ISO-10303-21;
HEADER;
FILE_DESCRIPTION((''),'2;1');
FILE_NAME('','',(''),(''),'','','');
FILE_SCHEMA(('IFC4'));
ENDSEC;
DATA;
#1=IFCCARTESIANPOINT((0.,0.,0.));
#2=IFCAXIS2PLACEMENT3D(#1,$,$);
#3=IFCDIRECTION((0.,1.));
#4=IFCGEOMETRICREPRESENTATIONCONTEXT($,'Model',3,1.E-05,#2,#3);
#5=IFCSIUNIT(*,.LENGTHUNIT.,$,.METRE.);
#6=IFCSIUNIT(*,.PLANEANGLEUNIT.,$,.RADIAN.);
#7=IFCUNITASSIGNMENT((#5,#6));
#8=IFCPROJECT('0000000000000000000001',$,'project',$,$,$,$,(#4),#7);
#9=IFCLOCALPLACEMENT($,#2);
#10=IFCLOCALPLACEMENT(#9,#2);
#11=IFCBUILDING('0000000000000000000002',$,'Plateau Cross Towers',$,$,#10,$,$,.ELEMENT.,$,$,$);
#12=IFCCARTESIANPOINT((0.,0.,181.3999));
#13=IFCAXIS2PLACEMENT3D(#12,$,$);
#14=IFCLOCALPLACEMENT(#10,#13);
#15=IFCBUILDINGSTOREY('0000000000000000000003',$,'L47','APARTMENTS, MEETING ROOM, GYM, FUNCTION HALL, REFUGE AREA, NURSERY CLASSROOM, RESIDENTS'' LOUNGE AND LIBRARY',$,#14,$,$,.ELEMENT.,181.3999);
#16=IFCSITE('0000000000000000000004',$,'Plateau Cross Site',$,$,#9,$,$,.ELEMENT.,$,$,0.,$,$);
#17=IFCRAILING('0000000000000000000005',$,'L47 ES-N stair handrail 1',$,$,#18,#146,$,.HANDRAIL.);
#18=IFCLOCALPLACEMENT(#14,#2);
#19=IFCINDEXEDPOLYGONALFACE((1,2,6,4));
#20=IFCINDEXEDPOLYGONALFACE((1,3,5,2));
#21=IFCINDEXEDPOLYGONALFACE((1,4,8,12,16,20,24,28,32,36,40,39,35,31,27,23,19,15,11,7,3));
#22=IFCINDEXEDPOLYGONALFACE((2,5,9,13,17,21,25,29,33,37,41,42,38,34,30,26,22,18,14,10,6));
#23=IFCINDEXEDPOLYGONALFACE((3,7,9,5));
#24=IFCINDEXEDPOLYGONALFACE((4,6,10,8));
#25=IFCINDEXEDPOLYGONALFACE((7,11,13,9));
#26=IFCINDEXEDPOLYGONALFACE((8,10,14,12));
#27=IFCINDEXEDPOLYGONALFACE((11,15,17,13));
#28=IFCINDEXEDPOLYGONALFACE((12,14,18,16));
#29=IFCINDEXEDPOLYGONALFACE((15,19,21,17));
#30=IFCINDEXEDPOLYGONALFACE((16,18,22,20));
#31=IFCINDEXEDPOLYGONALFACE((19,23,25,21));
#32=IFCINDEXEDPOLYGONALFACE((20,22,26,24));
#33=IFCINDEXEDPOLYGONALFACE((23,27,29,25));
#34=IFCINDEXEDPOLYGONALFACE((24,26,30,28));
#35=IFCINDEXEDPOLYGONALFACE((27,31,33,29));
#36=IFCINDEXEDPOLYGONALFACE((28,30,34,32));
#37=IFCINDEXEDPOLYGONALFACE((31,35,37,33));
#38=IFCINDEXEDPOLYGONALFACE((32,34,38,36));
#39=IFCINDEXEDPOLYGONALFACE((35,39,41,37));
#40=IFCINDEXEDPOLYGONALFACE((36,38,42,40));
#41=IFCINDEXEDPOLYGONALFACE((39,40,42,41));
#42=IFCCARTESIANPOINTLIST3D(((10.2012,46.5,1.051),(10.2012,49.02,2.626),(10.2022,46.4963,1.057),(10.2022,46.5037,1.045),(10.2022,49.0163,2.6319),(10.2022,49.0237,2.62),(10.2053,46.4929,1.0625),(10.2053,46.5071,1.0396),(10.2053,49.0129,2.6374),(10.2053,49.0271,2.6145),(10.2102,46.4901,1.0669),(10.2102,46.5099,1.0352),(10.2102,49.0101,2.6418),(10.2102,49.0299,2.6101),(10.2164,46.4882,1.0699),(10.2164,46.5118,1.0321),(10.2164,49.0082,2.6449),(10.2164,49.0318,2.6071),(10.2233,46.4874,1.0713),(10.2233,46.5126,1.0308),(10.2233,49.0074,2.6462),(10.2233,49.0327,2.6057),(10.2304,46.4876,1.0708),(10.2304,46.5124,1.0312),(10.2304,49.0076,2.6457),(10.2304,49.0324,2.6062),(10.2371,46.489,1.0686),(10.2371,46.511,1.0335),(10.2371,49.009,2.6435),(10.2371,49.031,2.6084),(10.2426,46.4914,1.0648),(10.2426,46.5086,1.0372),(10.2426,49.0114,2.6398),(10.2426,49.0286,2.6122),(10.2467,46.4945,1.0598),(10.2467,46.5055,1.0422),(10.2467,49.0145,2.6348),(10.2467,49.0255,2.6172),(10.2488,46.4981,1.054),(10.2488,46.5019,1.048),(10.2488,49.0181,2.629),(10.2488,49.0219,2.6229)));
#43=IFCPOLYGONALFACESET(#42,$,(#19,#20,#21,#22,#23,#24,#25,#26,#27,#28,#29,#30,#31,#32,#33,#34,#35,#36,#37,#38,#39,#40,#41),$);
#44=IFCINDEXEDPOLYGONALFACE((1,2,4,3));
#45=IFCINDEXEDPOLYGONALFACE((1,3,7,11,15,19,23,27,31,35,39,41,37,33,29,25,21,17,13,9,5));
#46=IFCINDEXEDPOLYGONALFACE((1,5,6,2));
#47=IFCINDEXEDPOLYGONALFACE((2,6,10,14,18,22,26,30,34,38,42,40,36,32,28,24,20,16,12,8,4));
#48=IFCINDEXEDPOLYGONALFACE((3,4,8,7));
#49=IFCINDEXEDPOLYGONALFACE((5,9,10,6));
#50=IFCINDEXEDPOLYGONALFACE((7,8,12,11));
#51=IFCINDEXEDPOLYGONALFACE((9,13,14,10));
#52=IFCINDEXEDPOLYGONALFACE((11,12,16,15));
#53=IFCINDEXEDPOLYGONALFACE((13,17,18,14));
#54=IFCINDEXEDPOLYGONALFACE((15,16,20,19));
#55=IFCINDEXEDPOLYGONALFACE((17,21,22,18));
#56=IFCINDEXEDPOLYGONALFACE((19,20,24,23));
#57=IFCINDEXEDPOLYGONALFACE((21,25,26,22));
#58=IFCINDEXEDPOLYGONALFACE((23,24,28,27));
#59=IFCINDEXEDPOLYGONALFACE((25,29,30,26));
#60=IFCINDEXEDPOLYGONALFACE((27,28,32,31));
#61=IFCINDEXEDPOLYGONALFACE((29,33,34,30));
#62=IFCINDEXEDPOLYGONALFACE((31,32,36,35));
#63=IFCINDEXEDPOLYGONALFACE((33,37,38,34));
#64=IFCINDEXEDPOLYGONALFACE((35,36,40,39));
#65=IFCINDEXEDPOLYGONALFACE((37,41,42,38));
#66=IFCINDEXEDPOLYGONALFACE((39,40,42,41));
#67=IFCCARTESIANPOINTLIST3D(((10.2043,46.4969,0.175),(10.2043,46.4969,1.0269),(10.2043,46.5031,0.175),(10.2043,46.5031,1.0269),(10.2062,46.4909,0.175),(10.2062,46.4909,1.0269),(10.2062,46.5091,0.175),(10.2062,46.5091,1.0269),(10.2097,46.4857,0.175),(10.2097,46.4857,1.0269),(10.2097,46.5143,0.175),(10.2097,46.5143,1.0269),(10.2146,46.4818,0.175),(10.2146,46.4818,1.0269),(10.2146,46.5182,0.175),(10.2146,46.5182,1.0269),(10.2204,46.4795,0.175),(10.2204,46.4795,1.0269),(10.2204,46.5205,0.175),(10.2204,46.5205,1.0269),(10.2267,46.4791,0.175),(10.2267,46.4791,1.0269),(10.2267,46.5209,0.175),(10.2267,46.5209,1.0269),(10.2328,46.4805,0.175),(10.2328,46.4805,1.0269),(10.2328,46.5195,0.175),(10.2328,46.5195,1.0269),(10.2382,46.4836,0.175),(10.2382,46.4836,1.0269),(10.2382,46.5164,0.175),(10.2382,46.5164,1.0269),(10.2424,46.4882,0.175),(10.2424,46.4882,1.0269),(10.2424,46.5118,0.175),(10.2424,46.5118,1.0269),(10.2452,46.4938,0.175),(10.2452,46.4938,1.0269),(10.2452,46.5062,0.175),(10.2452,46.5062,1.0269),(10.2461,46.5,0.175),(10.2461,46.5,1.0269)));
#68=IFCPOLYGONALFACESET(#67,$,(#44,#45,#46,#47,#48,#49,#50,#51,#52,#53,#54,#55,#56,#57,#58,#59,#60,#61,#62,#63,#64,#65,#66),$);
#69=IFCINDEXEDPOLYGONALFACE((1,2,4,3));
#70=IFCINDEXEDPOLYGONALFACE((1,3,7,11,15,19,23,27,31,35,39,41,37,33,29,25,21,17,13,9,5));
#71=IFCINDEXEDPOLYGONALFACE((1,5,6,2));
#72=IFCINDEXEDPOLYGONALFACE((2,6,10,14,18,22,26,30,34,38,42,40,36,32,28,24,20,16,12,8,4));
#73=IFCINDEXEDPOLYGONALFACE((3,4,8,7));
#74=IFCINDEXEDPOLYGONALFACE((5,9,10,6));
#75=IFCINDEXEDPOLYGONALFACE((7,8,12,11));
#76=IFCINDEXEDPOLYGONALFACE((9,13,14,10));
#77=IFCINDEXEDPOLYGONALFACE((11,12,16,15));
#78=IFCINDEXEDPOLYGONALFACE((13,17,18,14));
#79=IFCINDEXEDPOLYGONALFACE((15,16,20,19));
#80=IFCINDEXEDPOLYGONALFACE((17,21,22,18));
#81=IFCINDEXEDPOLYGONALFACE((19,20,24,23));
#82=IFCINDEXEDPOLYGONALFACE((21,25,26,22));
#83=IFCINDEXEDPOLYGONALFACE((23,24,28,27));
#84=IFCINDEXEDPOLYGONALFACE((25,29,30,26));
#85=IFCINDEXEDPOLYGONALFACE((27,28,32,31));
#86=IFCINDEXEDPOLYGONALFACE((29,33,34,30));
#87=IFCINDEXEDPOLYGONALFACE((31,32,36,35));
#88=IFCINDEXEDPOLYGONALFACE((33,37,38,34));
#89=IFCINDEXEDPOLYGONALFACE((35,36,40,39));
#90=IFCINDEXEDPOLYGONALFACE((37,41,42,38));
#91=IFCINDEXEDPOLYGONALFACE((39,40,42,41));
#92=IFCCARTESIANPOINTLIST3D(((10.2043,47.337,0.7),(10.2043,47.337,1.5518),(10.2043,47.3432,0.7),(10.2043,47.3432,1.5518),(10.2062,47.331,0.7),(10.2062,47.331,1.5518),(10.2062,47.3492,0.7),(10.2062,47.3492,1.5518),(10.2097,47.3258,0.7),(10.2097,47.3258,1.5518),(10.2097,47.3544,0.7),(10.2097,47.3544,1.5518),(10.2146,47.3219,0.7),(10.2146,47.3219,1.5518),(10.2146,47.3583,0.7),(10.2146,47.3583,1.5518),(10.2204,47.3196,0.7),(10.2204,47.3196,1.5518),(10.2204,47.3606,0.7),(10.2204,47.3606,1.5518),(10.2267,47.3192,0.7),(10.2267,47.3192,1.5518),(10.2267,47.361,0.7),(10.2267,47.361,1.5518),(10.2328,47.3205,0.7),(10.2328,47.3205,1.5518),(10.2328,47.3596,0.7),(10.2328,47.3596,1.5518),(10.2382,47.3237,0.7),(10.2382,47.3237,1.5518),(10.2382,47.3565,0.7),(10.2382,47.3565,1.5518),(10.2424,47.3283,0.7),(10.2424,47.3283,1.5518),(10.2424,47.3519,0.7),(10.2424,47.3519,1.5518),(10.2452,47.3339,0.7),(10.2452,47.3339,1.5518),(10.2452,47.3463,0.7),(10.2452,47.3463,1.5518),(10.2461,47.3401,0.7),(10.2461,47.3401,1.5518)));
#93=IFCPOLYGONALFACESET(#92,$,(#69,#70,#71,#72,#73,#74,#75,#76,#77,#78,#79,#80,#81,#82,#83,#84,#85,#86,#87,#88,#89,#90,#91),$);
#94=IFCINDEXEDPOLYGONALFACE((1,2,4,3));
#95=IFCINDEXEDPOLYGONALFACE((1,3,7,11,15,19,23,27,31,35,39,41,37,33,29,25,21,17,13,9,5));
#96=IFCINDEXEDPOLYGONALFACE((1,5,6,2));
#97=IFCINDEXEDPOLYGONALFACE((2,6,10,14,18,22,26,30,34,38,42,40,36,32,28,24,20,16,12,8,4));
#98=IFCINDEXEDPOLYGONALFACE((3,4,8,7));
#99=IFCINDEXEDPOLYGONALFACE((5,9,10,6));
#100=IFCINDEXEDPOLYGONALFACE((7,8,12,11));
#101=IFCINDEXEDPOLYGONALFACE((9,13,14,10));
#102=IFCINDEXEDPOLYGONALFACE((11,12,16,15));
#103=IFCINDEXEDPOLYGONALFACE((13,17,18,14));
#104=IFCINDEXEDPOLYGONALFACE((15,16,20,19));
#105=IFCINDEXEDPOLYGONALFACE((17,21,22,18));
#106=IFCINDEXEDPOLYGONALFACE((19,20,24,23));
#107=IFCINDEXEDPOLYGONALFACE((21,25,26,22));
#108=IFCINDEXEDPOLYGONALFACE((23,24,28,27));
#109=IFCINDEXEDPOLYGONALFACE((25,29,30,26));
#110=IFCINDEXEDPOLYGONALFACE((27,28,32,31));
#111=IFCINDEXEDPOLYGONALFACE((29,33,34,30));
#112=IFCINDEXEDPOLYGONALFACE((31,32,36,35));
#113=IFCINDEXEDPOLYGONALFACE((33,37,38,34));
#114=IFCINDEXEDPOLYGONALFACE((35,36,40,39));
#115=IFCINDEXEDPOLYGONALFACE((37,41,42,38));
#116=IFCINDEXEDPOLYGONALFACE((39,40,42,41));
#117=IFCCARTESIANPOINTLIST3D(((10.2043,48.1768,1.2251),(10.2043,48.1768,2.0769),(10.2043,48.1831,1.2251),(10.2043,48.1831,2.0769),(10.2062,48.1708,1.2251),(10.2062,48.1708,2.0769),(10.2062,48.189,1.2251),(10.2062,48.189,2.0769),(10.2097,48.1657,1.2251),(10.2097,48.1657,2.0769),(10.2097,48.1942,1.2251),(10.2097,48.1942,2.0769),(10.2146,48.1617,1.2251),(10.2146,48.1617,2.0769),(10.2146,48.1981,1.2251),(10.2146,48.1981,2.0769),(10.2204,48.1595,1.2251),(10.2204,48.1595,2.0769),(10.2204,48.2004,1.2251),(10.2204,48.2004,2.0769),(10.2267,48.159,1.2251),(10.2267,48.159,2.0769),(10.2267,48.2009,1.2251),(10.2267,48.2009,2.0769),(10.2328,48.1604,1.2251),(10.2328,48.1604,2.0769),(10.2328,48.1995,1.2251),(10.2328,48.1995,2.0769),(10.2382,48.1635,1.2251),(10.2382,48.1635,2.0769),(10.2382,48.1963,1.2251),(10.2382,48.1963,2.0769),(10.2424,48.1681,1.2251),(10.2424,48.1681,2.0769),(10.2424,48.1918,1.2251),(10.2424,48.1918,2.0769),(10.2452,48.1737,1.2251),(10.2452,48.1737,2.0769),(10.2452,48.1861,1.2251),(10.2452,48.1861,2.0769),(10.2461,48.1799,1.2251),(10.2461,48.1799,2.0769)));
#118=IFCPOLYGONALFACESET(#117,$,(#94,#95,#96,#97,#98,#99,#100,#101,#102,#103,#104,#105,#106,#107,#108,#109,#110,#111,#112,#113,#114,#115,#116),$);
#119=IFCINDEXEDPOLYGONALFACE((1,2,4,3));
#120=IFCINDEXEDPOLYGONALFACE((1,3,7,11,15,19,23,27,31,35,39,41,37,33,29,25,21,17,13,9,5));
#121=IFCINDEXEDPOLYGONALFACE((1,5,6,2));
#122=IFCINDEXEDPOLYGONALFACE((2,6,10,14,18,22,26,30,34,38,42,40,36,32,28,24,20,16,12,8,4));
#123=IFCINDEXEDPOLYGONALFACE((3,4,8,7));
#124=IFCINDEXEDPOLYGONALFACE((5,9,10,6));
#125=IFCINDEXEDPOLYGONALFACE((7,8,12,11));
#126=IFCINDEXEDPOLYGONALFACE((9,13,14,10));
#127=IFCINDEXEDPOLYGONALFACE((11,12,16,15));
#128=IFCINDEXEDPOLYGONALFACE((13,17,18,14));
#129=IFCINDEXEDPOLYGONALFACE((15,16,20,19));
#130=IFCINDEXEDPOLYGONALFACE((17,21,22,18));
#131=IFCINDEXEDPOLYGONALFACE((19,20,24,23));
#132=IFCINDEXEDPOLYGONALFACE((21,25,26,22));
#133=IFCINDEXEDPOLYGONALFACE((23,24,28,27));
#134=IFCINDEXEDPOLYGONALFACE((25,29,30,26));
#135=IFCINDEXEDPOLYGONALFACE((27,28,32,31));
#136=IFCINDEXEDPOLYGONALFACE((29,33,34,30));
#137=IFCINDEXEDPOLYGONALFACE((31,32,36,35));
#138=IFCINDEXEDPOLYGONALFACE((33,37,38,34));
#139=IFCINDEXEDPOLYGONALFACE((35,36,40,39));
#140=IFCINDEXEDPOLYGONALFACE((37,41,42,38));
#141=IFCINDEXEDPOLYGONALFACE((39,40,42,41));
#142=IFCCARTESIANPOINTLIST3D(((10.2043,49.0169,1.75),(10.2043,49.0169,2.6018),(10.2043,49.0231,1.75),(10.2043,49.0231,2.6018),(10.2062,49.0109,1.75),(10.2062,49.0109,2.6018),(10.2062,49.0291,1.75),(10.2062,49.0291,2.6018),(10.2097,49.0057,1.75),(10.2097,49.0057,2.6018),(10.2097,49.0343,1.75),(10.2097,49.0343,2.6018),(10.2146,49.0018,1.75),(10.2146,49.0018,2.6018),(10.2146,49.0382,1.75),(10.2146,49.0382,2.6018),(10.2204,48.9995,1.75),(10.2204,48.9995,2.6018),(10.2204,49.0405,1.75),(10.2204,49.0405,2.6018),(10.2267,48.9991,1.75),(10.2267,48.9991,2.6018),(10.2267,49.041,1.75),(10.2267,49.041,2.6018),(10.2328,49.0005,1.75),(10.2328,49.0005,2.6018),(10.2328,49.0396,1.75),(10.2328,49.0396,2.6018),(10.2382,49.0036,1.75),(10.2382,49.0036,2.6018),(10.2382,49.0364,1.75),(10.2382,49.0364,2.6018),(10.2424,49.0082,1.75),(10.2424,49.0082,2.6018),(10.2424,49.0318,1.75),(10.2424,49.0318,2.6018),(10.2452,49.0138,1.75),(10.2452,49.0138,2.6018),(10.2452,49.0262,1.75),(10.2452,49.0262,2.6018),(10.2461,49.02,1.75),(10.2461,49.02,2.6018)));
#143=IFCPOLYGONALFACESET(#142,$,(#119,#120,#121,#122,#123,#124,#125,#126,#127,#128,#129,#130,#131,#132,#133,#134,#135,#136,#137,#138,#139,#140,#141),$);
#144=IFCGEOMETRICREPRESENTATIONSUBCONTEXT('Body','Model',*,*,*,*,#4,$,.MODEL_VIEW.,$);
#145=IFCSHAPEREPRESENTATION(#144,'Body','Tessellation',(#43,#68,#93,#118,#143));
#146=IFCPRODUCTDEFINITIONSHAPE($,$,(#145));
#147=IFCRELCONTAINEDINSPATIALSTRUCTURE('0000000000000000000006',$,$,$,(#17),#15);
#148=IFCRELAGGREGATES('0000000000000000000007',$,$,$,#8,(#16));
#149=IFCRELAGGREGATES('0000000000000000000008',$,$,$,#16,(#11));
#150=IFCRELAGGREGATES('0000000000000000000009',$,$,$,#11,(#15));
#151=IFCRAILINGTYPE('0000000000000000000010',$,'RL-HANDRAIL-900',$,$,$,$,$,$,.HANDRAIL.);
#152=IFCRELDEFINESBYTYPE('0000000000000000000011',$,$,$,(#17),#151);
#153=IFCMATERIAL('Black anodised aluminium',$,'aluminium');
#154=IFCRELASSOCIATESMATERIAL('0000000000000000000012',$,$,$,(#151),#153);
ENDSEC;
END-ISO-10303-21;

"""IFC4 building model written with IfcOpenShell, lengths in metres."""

from ifc_helpers import new_model, si_unit, direction, frame, origin, origin_2d, place, context, subcontext, project, spatial, circle, extrude, material, type_object, element, save


model = new_model("IFC4")

# Units and contexts
model_context = context("Model", 3, precision=1e-05, world=origin(), true_north=direction((0.0, 1.0)))
body_context = subcontext(model_context, "Body", "Model", "MODEL_VIEW")
ifc_project = project(units=[si_unit("LENGTHUNIT", "METRE"), si_unit("PLANEANGLEUNIT", "RADIAN")], contexts=[model_context])

# Site, building, storey
site_placement = place(None, origin())
site = spatial("IfcSite", under=ifc_project, at=site_placement, Name="Plateau Cross Site", CompositionType="ELEMENT", RefElevation=0.0)
building_placement = place(site_placement, origin())
building = spatial("IfcBuilding", under=site, at=building_placement, Name="Plateau Cross Towers", CompositionType="ELEMENT")
storey_placement = place(building_placement, frame((0.0, 0.0, 181.3999)))
storey = spatial("IfcBuildingStorey", under=building, at=storey_placement, Name="L47", Description="APARTMENTS, MEETING ROOM, GYM, FUNCTION HALL, REFUGE AREA, NURSERY CLASSROOM, RESIDENTS' LOUNGE AND LIBRARY", CompositionType="ELEMENT", Elevation=181.3999)

# Shared definitions
ifc_material_1 = material(Name="Black anodised aluminium", Category="aluminium")

# Railing
railing_type_1 = type_object("IfcRailingType", Name="RL-HANDRAIL-900", PredefinedType="HANDRAIL", material=ifc_material_1)
railing_1_placement = place(storey_placement, frame((10.2251, 46.5, 0.175)))
element("IfcRailing", 1, at=railing_1_placement, inside=storey, type_object=railing_type_1, Name="L47 ES-N stair handrail 1", PredefinedType="HANDRAIL", context=body_context, shape_type="SweptSolid", body=[
    extrude(circle(Radius=0.0239, at=origin_2d()), frame((0.0, 0.0, 0.876), z_axis=(0.0, 0.848008, 0.529984), x_axis=(-1.0, 0.0, 0.0)), (0.0, 0.0, 1.0), 2.9717),
    extrude(circle(Radius=0.021, at=origin_2d()), origin(), (0.0, 0.0, 1.0), 0.8518),
    extrude(circle(Radius=0.021, at=origin_2d()), frame((0.0, 0.8401, 0.5249)), (0.0, 0.0, 1.0), 0.8518),
    extrude(circle(Radius=0.021, at=origin_2d()), frame((0.0, 1.6799, 1.05)), (0.0, 0.0, 1.0), 0.8518),
    extrude(circle(Radius=0.021, at=origin_2d()), frame((0.0, 2.52, 1.575)), (0.0, 0.0, 1.0), 0.8518),
])

save(model, "model.ifc")
